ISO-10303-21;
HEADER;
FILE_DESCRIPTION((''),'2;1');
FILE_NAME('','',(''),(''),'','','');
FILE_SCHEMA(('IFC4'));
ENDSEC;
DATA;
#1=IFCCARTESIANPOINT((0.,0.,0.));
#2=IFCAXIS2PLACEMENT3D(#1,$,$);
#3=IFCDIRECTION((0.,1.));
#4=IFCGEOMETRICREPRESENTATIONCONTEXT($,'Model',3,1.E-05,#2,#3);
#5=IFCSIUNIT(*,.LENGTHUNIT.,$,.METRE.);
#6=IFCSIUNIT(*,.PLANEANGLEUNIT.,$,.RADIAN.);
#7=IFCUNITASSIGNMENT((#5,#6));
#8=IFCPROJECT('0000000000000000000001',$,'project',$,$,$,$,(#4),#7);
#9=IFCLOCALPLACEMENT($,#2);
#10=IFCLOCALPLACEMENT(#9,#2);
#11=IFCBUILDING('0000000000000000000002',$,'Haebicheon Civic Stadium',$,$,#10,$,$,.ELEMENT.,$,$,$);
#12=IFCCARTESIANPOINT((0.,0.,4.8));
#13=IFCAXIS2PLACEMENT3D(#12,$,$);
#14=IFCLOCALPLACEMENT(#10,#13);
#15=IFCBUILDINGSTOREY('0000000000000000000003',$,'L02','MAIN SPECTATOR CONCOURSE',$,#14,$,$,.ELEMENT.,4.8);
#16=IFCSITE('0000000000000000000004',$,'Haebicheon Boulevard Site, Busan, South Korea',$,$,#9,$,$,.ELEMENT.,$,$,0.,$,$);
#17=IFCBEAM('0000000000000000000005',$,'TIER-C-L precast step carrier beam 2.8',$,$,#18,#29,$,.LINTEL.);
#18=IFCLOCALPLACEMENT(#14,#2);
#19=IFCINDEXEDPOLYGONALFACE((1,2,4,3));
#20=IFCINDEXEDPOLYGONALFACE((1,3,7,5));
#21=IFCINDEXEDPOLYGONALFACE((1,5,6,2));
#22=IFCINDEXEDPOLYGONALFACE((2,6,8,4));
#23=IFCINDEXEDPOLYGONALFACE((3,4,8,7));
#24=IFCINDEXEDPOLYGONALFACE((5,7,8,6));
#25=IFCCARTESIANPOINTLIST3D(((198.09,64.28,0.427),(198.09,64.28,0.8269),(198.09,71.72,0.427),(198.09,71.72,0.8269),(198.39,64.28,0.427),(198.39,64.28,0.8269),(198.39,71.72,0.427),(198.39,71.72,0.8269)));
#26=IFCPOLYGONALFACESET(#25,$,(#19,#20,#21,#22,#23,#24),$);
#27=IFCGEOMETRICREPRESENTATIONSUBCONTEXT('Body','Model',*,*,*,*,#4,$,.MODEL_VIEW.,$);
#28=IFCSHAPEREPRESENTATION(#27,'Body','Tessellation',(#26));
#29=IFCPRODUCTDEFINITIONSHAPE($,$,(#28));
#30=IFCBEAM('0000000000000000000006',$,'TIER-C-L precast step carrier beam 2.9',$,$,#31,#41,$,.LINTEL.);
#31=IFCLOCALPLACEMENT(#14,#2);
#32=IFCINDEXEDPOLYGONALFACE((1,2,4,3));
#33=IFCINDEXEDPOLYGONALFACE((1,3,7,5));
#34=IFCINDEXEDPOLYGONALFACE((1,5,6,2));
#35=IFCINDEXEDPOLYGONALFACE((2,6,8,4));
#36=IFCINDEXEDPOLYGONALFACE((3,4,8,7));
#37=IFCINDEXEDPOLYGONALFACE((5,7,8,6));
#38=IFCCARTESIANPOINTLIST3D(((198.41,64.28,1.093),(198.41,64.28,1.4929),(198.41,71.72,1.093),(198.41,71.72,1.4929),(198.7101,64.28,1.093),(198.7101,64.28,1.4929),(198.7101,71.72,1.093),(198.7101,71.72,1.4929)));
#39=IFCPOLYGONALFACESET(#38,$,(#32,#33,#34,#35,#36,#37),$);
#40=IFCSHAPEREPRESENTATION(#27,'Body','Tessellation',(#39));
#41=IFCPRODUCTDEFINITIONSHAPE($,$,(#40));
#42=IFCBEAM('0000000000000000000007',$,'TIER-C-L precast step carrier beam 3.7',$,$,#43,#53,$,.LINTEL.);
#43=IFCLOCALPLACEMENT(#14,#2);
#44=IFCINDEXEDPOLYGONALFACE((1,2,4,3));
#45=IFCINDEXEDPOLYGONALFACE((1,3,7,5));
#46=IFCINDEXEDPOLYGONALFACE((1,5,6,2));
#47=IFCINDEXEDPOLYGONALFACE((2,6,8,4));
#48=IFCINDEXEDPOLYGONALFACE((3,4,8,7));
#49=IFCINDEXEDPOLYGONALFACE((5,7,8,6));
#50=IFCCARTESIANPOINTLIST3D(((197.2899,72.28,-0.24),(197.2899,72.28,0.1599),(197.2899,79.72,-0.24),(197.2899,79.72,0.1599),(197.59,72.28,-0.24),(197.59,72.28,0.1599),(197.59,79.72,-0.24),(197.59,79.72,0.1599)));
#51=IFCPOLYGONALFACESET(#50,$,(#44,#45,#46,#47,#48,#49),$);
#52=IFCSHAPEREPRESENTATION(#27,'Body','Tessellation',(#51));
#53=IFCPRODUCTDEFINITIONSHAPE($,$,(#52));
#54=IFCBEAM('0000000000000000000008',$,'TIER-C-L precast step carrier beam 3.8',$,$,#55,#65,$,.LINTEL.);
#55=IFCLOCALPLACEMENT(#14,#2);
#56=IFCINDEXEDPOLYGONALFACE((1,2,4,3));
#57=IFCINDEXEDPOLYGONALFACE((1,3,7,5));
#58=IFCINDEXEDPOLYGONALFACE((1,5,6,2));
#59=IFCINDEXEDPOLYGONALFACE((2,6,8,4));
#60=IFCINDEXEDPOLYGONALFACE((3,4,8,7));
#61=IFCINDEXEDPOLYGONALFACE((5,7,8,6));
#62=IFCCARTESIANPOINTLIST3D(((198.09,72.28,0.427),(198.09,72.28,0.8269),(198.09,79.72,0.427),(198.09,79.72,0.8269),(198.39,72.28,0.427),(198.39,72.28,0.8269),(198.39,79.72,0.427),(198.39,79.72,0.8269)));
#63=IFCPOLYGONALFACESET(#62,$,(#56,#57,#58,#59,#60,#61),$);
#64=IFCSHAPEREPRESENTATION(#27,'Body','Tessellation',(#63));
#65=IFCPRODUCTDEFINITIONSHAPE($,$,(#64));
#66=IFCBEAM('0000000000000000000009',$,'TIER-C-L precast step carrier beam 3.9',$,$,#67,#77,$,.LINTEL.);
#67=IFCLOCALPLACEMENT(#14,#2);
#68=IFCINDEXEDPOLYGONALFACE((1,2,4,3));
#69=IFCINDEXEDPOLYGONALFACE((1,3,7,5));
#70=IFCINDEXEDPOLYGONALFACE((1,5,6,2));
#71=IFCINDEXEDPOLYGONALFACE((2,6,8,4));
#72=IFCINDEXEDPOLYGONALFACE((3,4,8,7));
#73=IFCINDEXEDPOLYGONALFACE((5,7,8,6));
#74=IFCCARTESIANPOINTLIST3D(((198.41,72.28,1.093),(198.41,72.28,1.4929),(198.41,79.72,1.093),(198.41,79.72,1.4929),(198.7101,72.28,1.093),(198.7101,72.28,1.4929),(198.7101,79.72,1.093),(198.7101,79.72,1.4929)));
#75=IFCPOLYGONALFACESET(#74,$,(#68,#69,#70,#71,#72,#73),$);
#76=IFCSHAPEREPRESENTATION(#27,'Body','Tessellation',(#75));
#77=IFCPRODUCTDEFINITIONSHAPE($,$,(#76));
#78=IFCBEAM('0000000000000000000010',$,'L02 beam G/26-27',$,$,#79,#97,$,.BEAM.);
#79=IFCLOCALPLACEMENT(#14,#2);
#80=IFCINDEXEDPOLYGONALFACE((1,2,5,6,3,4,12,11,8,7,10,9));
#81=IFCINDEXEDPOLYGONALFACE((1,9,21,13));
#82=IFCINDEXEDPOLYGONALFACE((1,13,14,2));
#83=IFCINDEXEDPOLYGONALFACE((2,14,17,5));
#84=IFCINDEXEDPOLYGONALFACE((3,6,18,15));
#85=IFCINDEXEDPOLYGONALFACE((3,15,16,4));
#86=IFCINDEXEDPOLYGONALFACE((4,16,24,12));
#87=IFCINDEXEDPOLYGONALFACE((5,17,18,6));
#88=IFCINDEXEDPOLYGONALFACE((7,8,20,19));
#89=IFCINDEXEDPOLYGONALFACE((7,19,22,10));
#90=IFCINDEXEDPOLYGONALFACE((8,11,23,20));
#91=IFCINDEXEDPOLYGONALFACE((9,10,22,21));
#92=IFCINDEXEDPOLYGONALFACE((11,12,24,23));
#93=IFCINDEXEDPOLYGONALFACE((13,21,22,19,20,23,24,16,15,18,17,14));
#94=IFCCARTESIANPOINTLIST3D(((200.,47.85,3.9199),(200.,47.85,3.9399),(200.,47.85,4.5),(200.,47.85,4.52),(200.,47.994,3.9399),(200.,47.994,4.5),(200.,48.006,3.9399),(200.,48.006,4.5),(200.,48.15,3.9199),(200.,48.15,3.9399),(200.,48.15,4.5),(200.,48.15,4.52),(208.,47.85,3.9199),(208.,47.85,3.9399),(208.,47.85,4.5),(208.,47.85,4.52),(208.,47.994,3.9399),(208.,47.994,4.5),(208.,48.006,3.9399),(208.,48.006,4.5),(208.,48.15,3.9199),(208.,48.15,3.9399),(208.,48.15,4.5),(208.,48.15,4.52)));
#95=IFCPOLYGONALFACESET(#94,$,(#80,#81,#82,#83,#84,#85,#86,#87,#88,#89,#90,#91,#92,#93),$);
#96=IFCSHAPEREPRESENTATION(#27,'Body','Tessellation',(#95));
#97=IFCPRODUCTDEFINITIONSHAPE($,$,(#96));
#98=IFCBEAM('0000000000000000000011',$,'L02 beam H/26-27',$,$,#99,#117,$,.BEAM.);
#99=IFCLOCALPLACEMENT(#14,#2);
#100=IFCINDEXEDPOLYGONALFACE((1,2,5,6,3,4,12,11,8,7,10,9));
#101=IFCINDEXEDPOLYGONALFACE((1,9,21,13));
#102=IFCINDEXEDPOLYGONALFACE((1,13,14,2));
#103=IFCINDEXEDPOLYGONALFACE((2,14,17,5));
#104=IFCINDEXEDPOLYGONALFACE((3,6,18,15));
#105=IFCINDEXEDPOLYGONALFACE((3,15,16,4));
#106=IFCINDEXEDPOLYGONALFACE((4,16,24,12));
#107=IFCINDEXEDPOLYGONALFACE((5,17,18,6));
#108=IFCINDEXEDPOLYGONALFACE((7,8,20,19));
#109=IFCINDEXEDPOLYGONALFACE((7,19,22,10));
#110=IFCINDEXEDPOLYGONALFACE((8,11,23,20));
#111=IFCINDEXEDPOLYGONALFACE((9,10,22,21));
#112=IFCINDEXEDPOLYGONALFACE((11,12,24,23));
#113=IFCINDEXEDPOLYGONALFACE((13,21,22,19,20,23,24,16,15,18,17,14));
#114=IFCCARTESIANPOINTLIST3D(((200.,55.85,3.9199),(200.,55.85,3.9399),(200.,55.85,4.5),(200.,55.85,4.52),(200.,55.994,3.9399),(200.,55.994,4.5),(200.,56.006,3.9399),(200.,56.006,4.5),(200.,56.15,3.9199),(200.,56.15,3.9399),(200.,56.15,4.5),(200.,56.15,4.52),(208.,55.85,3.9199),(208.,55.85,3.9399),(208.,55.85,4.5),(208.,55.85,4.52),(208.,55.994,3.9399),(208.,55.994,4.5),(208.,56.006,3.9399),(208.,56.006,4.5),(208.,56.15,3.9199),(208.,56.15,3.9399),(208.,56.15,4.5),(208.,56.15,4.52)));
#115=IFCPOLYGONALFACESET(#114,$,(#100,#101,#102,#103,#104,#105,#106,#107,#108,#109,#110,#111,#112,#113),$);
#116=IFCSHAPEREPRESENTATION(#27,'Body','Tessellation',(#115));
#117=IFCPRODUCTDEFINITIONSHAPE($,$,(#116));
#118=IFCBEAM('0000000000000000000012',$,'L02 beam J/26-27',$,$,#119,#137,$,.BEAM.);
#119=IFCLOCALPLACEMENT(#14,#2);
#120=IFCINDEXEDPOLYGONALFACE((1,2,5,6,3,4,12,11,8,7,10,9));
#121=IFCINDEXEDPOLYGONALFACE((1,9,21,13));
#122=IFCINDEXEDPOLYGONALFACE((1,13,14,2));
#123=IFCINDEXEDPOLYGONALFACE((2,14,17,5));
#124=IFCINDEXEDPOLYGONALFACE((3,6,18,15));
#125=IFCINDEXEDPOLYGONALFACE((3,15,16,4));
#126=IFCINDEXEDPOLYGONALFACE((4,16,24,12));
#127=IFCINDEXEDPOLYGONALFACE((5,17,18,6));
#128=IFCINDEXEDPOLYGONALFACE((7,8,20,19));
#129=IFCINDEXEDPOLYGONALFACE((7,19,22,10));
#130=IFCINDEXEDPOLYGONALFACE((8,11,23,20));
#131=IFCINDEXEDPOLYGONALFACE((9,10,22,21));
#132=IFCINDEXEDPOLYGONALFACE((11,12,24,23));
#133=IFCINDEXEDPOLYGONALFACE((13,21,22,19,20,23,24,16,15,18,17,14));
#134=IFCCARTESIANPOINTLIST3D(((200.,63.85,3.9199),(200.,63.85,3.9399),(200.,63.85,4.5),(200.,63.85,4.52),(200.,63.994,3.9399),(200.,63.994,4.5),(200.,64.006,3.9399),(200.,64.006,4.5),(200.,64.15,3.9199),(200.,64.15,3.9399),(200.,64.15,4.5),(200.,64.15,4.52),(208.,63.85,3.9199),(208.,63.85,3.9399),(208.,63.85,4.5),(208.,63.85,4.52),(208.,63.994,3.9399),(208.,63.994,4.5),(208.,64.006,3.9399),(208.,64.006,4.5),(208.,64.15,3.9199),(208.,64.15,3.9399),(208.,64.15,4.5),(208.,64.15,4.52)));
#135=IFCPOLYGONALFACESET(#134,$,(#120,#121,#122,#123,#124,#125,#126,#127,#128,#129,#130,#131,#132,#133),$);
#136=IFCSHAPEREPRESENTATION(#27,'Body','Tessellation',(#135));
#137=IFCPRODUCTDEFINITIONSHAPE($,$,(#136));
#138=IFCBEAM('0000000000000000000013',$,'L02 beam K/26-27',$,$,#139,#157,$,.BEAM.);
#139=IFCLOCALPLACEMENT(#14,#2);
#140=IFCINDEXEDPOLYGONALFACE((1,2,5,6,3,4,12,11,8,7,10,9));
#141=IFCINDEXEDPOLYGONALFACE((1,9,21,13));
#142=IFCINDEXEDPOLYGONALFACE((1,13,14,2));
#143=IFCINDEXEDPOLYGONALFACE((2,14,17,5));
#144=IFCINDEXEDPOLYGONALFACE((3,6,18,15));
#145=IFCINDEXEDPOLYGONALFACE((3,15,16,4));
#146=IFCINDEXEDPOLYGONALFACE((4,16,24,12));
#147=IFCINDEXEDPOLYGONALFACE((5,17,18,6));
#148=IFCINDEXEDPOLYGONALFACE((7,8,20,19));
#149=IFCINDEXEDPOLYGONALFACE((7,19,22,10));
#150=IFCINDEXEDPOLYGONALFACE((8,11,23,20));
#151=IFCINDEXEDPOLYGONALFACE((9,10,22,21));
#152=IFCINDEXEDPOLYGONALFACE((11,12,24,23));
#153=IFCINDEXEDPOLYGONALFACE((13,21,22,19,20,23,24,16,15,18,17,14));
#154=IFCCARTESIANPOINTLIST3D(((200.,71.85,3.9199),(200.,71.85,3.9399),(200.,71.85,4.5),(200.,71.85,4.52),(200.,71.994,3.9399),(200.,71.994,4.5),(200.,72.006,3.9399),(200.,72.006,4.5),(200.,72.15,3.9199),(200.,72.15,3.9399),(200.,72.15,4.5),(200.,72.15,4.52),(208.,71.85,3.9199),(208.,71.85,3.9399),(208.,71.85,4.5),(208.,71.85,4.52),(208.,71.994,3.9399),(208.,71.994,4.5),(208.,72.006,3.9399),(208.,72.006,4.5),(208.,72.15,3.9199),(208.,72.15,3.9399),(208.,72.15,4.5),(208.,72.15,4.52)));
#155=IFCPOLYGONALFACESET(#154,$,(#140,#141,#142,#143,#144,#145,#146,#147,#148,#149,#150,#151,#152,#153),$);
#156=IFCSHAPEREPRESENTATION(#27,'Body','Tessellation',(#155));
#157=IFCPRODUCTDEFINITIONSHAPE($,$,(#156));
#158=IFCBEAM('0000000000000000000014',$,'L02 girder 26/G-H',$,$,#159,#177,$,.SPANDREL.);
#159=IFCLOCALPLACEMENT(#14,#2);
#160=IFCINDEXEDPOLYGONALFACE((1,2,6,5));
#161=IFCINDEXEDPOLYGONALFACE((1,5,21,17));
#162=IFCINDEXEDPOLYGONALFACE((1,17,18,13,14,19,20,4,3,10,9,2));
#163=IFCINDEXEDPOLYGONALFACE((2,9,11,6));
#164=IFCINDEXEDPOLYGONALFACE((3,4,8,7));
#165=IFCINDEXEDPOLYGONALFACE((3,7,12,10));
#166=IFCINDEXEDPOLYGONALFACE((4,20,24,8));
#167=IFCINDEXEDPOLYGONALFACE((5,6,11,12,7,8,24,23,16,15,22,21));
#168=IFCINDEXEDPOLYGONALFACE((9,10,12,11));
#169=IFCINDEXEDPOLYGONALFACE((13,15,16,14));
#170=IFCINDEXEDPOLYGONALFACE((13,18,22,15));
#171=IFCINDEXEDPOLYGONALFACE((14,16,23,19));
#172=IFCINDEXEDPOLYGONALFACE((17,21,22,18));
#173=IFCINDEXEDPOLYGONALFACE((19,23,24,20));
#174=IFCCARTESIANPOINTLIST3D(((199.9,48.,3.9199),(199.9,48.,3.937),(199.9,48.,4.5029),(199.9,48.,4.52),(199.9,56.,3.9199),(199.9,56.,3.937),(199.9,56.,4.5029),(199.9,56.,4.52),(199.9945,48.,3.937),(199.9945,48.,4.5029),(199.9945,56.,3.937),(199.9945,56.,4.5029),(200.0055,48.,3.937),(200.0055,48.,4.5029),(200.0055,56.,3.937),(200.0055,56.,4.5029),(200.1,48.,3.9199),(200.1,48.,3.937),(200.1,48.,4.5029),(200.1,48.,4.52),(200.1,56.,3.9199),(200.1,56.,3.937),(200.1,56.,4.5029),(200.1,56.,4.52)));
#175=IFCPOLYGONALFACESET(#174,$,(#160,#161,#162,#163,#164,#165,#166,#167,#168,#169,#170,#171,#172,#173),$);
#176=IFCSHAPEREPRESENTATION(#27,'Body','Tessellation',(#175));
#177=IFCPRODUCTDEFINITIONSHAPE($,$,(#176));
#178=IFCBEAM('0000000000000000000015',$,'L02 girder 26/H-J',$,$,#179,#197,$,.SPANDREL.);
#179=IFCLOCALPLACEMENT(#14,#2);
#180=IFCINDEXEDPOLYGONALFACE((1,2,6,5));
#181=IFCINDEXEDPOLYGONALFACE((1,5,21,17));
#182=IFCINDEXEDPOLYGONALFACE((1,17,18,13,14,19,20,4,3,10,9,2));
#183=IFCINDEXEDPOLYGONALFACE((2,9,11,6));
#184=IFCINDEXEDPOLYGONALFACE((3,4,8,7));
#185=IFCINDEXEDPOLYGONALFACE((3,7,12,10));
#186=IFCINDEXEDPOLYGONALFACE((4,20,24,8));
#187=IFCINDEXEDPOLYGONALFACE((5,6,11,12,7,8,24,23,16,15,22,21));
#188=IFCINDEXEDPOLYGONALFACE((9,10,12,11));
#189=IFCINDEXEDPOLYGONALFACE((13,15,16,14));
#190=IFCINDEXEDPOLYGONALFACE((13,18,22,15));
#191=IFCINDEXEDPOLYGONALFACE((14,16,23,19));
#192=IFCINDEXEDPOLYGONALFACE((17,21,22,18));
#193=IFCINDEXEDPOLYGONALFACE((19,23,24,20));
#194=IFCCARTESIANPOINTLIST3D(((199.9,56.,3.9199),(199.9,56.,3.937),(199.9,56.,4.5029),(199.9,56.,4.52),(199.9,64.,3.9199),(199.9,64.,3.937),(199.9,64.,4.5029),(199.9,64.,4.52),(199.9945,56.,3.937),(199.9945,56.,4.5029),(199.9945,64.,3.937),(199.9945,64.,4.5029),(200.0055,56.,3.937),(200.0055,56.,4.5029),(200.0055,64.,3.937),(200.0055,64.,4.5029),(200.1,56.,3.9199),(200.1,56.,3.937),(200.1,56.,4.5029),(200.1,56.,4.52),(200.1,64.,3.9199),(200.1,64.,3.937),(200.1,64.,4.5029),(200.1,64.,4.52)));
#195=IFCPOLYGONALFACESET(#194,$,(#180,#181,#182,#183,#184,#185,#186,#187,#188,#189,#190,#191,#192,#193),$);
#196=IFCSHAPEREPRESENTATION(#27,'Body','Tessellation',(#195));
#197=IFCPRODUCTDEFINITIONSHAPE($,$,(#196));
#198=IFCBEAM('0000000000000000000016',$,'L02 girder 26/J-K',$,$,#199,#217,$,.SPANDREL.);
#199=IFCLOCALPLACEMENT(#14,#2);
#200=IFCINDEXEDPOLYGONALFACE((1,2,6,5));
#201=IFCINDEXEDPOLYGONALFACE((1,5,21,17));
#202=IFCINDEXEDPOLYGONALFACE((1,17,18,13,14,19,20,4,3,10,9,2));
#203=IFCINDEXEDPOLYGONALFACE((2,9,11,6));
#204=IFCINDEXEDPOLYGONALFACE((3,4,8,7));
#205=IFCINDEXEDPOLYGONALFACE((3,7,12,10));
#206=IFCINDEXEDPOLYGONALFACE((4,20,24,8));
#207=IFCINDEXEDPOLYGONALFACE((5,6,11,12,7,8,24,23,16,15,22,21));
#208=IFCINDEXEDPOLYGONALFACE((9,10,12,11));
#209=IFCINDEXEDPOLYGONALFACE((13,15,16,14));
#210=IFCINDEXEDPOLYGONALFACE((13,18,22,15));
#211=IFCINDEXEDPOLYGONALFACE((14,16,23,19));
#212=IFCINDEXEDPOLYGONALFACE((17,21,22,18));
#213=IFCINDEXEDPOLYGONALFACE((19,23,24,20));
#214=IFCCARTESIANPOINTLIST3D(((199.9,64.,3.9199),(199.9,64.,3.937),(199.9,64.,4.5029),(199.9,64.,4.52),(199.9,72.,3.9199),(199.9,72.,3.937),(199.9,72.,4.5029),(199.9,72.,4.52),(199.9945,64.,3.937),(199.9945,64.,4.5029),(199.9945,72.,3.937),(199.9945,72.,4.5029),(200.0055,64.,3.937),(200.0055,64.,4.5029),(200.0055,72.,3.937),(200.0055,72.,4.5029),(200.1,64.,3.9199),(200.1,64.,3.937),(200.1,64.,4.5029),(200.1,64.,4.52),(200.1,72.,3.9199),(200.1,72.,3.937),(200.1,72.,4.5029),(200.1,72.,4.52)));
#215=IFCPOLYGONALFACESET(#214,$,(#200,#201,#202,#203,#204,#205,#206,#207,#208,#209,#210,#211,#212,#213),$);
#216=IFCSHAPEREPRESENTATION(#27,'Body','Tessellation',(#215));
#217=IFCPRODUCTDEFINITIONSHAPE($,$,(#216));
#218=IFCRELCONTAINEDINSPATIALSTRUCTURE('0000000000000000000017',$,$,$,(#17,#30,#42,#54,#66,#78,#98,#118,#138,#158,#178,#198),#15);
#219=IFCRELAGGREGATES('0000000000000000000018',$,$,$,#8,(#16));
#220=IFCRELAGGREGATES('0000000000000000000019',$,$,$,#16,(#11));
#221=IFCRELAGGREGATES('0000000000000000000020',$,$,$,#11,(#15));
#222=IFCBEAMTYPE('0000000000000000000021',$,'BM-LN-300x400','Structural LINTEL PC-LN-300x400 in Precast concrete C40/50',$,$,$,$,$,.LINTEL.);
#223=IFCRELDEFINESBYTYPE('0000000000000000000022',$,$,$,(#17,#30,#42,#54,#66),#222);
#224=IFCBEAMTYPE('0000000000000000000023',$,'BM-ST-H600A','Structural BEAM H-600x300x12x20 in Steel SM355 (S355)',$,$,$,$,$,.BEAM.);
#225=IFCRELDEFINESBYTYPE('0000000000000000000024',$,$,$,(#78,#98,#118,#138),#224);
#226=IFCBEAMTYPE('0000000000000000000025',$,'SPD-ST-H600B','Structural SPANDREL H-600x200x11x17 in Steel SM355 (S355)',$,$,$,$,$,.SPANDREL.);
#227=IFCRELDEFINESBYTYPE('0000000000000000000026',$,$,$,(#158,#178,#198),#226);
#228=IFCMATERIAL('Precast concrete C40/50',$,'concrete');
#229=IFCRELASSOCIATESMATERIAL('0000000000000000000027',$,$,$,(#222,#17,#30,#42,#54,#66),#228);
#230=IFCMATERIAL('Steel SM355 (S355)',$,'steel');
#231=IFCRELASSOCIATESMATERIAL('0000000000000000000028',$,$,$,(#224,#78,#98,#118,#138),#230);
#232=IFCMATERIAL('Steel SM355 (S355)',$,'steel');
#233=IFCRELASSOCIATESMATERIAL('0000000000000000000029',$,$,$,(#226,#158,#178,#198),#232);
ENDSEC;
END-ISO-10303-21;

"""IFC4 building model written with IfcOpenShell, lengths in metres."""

from ifc_helpers import new_model, si_unit, direction, frame, origin, origin_2d, place, context, subcontext, project, spatial, rectangle, i_section, extrude, material, material_profile, profile_set, type_object, element, save


model = new_model("IFC4")

# Units and contexts
model_context = context("Model", 3, precision=1e-05, world=origin(), true_north=direction((0.0, 1.0)))
body_context = subcontext(model_context, "Body", "Model", "MODEL_VIEW")
ifc_project = project(units=[si_unit("LENGTHUNIT", "METRE"), si_unit("PLANEANGLEUNIT", "RADIAN")], contexts=[model_context])

# Site, building, storey
site_placement = place(None, origin())
site = spatial("IfcSite", under=ifc_project, at=site_placement, Name="Haebicheon Boulevard Site, Busan, South Korea", CompositionType="ELEMENT", RefElevation=0.0)
building_placement = place(site_placement, origin())
building = spatial("IfcBuilding", under=site, at=building_placement, Name="Haebicheon Civic Stadium", CompositionType="ELEMENT")
storey_placement = place(building_placement, frame((0.0, 0.0, 4.8)))
storey = spatial("IfcBuildingStorey", under=building, at=storey_placement, Name="L02", Description="MAIN SPECTATOR CONCOURSE", CompositionType="ELEMENT", Elevation=4.8)

# Beams
ifc_material_1 = material(Name="Precast concrete C40/50", Category="concrete")
ifc_material_profile_1 = material_profile(ifc_material_1, rectangle(XDim=0.3, YDim=0.3999, at=origin_2d()), Name="PC-LN-300x400")
ifc_profile_set_1 = profile_set([ifc_material_profile_1], Name="Precast concrete C40/50")
beam_type_1 = type_object("IfcBeamType", Name="BM-LN-300x400", Description="Structural LINTEL PC-LN-300x400 in Precast concrete C40/50", PredefinedType="LINTEL", material=ifc_profile_set_1)
for number, where, z_axis, x_axis, name in (
    (1, (198.24, 64.28, 0.627), (0.0, 1.0, 0.0), (-1.0, 0.0, 0.0), "TIER-C-L precast step carrier beam 2.8"),
    (2, (198.5601, 64.28, 1.293), (0.0, 1.0, 0.0), (-1.0, 0.0, 0.0), "TIER-C-L precast step carrier beam 2.9"),
    (3, (197.4399, 72.28, -0.04), (0.0, 1.0, 0.0), (-1.0, 0.0, 0.0), "TIER-C-L precast step carrier beam 3.7"),
    (4, (198.24, 72.28, 0.627), (0.0, 1.0, 0.0), (-1.0, 0.0, 0.0), "TIER-C-L precast step carrier beam 3.8"),
    (5, (198.5601, 72.28, 1.293), (0.0, 1.0, 0.0), (-1.0, 0.0, 0.0), "TIER-C-L precast step carrier beam 3.9"),
):
    element("IfcBeam", number, at=place(storey_placement, frame(where, z_axis=z_axis, x_axis=x_axis)), inside=storey, type_object=beam_type_1, material=ifc_profile_set_1, Name=name, PredefinedType="LINTEL", context=body_context, shape_type="SweptSolid", body=[
        extrude(rectangle(XDim=0.3, YDim=0.3999, at=origin_2d()), origin(), (0.0, 0.0, 1.0), 7.4399),
    ])
ifc_material_2 = material(Name="Steel SM355 (S355)", Category="steel")
ifc_material_profile_2 = material_profile(ifc_material_2, i_section(OverallWidth=0.3, OverallDepth=0.6001, WebThickness=0.012, FlangeThickness=0.02, at=origin_2d()), Name="H-600x300x12x20")
ifc_profile_set_2 = profile_set([ifc_material_profile_2], Name="Steel SM355 (S355)")
beam_type_2 = type_object("IfcBeamType", Name="BM-ST-H600A", Description="Structural BEAM H-600x300x12x20 in Steel SM355 (S355)", PredefinedType="BEAM", material=ifc_profile_set_2)
for number, where, z_axis, x_axis, name in (
    (6, (200.0, 48.0, 4.22), (1.0, 0.0, 0.0), (0.0, 1.0, 0.0), "L02 beam G/26-27"),
    (7, (200.0, 56.0, 4.22), (1.0, 0.0, 0.0), (0.0, 1.0, 0.0), "L02 beam H/26-27"),
    (8, (200.0, 64.0, 4.22), (1.0, 0.0, 0.0), (0.0, 1.0, 0.0), "L02 beam J/26-27"),
    (9, (200.0, 72.0, 4.22), (1.0, 0.0, 0.0), (0.0, 1.0, 0.0), "L02 beam K/26-27"),
):
    element("IfcBeam", number, at=place(storey_placement, frame(where, z_axis=z_axis, x_axis=x_axis)), inside=storey, type_object=beam_type_2, material=ifc_profile_set_2, Name=name, PredefinedType="BEAM", context=body_context, shape_type="SweptSolid", body=[
        extrude(i_section(OverallWidth=0.3, OverallDepth=0.6001, WebThickness=0.012, FlangeThickness=0.02, at=origin_2d()), origin(), (0.0, 0.0, 1.0), 8.0),
    ])
ifc_material_3 = material(Name="Steel SM355 (S355)", Category="steel")
ifc_material_profile_3 = material_profile(ifc_material_3, i_section(OverallWidth=0.2, OverallDepth=0.6001, WebThickness=0.011, FlangeThickness=0.0171, at=origin_2d()), Name="H-600x200x11x17")
ifc_profile_set_3 = profile_set([ifc_material_profile_3], Name="Steel SM355 (S355)")
beam_type_3 = type_object("IfcBeamType", Name="SPD-ST-H600B", Description="Structural SPANDREL H-600x200x11x17 in Steel SM355 (S355)", PredefinedType="SPANDREL", material=ifc_profile_set_3)
for number, where, z_axis, x_axis, name in (
    (10, (200.0, 48.0, 4.22), (0.0, 1.0, 0.0), (-1.0, 0.0, 0.0), "L02 girder 26/G-H"),
    (11, (200.0, 56.0, 4.22), (0.0, 1.0, 0.0), (-1.0, 0.0, 0.0), "L02 girder 26/H-J"),
    (12, (200.0, 64.0, 4.22), (0.0, 1.0, 0.0), (-1.0, 0.0, 0.0), "L02 girder 26/J-K"),
):
    element("IfcBeam", number, at=place(storey_placement, frame(where, z_axis=z_axis, x_axis=x_axis)), inside=storey, type_object=beam_type_3, material=ifc_profile_set_3, Name=name, PredefinedType="SPANDREL", context=body_context, shape_type="SweptSolid", body=[
        extrude(i_section(OverallWidth=0.2, OverallDepth=0.6001, WebThickness=0.011, FlangeThickness=0.0171, at=origin_2d()), origin(), (0.0, 0.0, 1.0), 8.0),
    ])

save(model, "model.ifc")
